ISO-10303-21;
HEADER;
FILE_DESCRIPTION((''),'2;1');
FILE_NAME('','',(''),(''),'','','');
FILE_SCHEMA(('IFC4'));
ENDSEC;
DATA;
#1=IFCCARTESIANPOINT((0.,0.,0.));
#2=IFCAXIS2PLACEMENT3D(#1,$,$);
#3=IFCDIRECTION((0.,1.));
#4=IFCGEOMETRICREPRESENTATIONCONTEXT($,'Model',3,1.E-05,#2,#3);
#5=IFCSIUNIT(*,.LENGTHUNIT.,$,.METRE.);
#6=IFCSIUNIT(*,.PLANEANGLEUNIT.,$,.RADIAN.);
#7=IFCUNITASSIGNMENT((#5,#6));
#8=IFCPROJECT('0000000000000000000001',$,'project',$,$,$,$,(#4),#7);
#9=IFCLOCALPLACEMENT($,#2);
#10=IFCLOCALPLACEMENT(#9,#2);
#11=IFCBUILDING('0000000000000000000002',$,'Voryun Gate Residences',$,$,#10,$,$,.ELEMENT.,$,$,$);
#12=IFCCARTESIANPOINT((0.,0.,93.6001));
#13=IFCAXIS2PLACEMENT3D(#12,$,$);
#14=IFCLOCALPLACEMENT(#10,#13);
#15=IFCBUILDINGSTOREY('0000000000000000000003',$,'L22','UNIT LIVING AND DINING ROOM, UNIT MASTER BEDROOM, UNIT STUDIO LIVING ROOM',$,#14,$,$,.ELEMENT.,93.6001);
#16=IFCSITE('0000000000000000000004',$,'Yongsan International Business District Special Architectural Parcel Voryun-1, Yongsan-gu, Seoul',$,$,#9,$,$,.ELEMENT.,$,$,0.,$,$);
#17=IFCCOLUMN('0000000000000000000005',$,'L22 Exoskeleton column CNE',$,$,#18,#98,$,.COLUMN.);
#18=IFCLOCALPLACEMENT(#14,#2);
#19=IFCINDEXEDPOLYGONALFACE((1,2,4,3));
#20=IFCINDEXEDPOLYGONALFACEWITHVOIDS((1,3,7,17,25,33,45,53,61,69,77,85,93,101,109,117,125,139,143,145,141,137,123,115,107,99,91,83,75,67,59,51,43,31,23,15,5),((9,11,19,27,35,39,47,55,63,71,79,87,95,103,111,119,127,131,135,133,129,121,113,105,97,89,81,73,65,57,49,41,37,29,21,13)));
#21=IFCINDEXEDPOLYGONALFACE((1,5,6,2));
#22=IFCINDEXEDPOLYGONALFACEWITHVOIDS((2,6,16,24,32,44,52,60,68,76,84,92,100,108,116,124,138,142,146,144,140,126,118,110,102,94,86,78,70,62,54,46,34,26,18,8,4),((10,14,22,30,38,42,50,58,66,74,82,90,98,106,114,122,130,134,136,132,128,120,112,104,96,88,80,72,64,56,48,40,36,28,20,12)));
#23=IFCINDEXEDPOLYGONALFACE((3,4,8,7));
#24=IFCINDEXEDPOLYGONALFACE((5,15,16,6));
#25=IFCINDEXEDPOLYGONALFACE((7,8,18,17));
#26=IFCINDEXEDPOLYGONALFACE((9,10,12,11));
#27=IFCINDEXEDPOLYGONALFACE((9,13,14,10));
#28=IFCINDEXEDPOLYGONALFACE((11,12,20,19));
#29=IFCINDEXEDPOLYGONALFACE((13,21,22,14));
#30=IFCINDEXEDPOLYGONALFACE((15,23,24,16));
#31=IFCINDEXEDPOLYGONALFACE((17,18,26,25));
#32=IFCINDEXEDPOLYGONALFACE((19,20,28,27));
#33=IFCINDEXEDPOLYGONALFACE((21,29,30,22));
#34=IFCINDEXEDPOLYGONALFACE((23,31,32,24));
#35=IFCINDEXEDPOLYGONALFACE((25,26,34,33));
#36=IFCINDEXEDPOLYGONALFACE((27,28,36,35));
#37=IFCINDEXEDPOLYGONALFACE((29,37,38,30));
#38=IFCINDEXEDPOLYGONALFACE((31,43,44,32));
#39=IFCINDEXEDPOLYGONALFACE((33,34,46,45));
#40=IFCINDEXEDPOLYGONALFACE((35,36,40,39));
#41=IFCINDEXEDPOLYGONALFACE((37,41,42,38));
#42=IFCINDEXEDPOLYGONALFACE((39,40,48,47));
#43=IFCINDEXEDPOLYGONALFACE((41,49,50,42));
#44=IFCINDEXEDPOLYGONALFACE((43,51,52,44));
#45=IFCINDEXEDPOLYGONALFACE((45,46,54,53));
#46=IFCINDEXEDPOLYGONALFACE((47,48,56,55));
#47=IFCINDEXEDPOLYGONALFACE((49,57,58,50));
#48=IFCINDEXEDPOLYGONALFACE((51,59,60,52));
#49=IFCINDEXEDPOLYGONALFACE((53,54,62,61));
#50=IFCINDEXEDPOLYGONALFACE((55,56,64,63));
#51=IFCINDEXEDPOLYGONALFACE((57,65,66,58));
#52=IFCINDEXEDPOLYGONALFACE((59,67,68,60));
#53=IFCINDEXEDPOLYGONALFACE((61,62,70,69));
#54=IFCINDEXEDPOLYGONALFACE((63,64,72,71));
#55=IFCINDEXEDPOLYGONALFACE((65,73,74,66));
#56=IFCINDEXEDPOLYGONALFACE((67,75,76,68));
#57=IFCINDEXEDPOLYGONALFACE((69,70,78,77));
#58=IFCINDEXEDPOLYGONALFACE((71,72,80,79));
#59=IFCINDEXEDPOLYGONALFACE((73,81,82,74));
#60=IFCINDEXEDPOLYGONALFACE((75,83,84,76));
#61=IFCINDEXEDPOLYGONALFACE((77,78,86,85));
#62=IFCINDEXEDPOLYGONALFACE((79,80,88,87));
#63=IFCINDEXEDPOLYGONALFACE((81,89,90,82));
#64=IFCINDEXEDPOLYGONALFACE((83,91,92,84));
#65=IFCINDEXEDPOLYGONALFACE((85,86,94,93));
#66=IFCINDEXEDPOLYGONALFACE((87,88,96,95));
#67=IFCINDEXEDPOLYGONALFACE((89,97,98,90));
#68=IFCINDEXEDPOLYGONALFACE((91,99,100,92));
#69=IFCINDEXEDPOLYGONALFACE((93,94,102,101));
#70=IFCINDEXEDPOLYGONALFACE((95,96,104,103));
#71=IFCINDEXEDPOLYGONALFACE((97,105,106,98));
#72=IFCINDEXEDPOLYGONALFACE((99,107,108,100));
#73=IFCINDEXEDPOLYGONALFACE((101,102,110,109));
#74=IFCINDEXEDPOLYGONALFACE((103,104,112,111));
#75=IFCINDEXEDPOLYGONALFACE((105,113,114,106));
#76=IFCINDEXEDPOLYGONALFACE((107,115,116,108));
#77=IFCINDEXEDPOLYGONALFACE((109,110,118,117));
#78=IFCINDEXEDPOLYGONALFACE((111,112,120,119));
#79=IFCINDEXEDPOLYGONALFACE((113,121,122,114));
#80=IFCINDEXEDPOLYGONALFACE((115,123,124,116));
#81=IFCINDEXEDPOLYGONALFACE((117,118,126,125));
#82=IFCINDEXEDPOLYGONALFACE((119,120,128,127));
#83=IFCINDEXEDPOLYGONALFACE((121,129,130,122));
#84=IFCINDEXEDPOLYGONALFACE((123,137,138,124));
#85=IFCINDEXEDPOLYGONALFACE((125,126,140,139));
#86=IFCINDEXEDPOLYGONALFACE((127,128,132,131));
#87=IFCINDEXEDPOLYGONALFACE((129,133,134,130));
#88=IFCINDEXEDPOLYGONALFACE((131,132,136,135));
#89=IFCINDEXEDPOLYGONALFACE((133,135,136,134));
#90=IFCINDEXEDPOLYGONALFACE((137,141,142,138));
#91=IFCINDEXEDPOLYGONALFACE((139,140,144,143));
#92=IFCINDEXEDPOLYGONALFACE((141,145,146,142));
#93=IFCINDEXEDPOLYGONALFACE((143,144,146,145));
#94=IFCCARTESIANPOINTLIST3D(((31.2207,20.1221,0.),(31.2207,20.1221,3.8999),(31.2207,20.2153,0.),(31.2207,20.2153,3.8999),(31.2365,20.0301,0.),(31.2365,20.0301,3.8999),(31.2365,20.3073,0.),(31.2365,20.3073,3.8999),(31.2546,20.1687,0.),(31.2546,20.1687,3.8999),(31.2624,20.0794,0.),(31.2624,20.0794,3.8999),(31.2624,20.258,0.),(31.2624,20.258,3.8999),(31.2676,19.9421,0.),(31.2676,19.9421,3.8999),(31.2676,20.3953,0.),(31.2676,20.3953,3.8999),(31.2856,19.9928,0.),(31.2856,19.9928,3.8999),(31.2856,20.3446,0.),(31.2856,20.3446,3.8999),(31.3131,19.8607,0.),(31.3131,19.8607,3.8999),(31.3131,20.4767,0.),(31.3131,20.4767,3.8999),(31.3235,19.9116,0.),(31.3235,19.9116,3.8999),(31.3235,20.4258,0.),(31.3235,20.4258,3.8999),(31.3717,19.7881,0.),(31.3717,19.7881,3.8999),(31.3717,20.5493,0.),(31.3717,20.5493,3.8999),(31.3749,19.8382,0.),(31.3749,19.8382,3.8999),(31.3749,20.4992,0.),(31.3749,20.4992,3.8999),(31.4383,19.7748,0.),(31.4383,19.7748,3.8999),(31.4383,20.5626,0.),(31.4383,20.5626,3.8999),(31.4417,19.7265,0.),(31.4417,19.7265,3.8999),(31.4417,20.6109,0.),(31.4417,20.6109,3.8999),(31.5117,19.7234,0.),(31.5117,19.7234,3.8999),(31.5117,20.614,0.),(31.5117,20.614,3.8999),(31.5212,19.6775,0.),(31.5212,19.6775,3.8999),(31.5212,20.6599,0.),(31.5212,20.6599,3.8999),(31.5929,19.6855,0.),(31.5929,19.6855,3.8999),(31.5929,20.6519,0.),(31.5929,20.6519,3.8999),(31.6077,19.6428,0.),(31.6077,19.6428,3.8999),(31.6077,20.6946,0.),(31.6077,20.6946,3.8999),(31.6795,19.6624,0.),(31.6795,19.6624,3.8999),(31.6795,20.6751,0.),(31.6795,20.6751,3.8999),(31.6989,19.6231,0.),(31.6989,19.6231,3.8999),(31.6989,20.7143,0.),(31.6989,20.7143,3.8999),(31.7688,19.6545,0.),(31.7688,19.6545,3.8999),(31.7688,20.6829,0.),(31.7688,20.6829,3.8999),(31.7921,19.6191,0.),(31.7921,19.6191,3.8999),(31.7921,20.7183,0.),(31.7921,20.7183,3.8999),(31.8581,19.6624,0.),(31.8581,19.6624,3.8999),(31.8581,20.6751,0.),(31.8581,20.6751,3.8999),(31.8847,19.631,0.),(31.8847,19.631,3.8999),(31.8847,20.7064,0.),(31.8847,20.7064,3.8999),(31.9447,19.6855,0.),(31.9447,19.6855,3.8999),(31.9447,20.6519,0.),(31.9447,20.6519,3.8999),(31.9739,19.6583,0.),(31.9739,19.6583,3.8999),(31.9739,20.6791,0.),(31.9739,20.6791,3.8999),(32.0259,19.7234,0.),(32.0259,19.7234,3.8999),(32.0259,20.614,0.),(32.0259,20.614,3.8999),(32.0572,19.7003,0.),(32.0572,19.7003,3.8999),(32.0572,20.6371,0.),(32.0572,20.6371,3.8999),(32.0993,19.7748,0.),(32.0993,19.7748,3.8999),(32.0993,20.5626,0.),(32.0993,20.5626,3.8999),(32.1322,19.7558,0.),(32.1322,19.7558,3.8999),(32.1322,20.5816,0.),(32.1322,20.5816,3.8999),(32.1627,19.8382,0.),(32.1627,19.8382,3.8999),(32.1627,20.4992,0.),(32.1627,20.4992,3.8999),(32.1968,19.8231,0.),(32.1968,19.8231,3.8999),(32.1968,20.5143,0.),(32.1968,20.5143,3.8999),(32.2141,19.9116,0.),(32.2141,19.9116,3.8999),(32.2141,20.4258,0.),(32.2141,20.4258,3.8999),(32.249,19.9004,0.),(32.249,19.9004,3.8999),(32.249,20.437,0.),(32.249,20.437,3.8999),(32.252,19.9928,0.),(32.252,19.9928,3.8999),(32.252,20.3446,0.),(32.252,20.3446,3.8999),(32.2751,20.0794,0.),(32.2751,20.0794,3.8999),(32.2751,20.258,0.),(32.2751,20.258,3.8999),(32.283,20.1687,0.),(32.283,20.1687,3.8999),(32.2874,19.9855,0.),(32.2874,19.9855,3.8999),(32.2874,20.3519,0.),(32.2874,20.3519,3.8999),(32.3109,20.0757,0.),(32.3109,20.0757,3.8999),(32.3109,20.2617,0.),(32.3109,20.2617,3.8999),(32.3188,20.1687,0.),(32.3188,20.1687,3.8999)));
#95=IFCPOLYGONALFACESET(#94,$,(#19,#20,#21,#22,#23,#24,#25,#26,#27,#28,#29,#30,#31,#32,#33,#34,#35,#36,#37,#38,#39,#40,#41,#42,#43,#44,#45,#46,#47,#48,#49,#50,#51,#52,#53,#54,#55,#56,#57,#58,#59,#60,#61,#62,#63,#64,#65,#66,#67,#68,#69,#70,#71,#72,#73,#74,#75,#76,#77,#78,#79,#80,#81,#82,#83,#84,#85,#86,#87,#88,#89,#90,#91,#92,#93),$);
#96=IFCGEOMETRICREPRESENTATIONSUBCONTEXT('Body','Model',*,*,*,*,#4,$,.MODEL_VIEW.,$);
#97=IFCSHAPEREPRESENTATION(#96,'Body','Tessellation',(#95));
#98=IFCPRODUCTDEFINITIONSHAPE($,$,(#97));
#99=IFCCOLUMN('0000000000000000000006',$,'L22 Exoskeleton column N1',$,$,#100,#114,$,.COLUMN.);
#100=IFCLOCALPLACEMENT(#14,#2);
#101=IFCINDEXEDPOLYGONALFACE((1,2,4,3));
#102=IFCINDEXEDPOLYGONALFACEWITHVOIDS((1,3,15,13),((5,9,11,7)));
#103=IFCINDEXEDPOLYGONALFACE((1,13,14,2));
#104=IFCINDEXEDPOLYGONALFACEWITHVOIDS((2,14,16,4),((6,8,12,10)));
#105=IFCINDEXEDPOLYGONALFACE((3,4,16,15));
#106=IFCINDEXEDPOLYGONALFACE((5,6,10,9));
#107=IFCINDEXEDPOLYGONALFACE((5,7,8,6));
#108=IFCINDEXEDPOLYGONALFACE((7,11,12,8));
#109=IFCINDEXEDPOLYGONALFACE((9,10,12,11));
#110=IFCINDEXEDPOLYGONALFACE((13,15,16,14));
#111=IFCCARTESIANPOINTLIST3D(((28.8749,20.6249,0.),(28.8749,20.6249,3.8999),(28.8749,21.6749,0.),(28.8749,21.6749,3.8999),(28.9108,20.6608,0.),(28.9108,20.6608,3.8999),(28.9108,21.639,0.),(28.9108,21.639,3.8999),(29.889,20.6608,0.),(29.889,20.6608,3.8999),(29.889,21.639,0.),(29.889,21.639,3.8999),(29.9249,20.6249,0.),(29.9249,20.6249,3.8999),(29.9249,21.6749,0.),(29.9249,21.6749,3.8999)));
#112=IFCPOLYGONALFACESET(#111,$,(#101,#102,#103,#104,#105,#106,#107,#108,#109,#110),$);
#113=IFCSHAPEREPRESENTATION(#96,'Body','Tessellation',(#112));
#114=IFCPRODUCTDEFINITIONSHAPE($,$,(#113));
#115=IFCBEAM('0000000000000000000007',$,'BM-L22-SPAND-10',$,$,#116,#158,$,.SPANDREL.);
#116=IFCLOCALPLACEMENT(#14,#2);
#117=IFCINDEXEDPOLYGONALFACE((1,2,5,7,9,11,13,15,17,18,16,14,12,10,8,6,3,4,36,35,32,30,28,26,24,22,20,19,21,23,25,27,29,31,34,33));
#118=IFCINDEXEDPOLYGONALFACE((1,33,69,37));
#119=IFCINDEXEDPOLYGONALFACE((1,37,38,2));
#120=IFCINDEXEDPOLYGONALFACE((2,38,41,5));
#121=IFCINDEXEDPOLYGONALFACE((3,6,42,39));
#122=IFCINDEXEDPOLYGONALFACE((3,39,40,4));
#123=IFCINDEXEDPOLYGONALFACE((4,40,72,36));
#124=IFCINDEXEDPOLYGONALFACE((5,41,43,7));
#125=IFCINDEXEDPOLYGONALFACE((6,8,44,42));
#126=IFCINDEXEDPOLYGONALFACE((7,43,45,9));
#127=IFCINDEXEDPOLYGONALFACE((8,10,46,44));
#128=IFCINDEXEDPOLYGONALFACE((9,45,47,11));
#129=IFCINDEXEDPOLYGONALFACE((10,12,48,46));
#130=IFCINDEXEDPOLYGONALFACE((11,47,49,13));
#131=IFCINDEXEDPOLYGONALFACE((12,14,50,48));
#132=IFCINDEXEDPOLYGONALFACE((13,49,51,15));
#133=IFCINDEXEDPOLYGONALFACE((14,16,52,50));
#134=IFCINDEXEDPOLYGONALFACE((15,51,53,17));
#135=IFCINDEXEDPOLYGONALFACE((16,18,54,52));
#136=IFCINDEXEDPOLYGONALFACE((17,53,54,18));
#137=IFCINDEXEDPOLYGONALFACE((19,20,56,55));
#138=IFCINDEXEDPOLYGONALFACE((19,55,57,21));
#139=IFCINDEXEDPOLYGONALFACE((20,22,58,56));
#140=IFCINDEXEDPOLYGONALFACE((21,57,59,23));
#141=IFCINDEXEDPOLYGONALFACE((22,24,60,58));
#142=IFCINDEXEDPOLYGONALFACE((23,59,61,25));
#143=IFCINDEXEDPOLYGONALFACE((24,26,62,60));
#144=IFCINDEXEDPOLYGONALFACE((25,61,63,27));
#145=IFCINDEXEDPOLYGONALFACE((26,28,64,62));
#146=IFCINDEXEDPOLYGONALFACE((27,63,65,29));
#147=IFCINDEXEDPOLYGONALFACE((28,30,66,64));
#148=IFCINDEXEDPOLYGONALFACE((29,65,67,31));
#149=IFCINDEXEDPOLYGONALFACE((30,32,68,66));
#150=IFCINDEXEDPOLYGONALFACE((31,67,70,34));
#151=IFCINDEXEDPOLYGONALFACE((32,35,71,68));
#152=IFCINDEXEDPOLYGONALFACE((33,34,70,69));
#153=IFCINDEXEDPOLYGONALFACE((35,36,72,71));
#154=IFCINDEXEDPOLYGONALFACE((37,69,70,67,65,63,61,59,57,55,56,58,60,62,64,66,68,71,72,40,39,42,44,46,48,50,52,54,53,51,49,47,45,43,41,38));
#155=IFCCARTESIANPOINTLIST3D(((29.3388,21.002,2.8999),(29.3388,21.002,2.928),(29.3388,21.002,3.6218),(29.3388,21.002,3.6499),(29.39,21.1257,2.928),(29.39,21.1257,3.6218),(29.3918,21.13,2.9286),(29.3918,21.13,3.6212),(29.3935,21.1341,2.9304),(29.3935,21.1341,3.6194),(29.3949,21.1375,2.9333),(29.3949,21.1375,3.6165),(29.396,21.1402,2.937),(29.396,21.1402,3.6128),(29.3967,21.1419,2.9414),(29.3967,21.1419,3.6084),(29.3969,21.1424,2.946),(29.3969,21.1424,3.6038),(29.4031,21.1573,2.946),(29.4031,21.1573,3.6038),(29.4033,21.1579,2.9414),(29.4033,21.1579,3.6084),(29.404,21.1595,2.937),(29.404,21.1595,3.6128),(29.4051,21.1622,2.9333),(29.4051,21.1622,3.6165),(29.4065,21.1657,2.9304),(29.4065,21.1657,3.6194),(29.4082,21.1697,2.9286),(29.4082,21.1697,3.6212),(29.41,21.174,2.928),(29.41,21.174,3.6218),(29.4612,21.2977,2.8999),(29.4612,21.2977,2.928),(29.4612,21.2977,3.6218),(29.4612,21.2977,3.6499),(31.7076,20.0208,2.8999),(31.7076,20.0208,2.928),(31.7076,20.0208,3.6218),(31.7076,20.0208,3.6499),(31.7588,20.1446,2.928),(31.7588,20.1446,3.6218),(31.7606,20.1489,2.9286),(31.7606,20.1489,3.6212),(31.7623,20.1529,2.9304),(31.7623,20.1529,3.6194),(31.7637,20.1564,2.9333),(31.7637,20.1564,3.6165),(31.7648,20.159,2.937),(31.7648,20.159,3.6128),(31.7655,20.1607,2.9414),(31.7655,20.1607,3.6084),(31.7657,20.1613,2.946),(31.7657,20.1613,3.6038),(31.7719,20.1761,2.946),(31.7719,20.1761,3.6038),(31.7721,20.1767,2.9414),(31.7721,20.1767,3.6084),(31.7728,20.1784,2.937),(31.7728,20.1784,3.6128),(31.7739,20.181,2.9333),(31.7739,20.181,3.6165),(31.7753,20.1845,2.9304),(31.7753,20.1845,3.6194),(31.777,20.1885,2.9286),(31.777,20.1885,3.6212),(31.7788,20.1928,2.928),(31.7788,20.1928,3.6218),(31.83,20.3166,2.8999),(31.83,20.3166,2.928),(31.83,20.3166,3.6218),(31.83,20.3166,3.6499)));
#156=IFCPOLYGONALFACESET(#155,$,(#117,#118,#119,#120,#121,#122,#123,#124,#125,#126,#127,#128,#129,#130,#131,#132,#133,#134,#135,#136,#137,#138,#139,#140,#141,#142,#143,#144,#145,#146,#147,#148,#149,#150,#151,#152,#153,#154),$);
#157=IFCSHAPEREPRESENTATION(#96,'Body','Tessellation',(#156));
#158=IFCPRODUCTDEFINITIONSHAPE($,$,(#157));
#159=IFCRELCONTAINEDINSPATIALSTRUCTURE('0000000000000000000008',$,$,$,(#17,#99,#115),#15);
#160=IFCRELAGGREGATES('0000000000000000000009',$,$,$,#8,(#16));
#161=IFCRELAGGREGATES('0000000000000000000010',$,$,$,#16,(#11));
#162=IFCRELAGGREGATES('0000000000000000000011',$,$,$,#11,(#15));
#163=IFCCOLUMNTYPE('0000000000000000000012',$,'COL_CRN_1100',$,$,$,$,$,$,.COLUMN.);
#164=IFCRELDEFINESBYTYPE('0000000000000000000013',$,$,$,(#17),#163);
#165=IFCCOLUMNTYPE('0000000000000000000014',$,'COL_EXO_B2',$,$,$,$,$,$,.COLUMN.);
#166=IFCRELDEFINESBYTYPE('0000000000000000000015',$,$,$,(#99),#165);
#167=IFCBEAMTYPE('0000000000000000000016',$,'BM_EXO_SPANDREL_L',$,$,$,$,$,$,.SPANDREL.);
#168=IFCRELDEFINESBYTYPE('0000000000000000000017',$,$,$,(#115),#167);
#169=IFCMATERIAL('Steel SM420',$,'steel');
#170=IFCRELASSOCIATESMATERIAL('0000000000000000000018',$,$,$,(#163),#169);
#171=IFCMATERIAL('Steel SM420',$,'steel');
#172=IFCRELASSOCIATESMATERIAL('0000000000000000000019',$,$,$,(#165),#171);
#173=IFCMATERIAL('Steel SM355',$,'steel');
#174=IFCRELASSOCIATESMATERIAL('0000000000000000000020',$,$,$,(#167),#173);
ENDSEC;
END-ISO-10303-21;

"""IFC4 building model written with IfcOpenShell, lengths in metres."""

from ifc_helpers import new_model, si_unit, direction, frame, origin, origin_2d, place, context, subcontext, project, spatial, hollow_rectangle, hollow_circle, i_section, extrude, material, material_profile, profile_set, type_object, element, save


model = new_model("IFC4")

# Units and contexts
model_context = context("Model", 3, precision=1e-05, world=origin(), true_north=direction((0.0, 1.0)))
body_context = subcontext(model_context, "Body", "Model", "MODEL_VIEW")
ifc_project = project(units=[si_unit("LENGTHUNIT", "METRE"), si_unit("PLANEANGLEUNIT", "RADIAN")], contexts=[model_context])

# Site, building, storey
site_placement = place(None, origin())
site = spatial("IfcSite", under=ifc_project, at=site_placement, Name="Yongsan International Business District Special Architectural Parcel Voryun-1, Yongsan-gu, Seoul", CompositionType="ELEMENT", RefElevation=0.0)
building_placement = place(site_placement, origin())
building = spatial("IfcBuilding", under=site, at=building_placement, Name="Voryun Gate Residences", CompositionType="ELEMENT")
storey_placement = place(building_placement, frame((0.0, 0.0, 93.6001)))
storey = spatial("IfcBuildingStorey", under=building, at=storey_placement, Name="L22", Description="UNIT LIVING AND DINING ROOM, UNIT MASTER BEDROOM, UNIT STUDIO LIVING ROOM", CompositionType="ELEMENT", Elevation=93.6001)

# Columns
ifc_material_1 = material(Name="Steel SM420", Category="steel")
ifc_material_profile_1 = material_profile(ifc_material_1, hollow_circle(Radius=0.55, WallThickness=0.0359, at=origin_2d()), Name="CHS-1100x36")
ifc_profile_set_1 = profile_set([ifc_material_profile_1], Name="Steel SM420")
column_type_1 = type_object("IfcColumnType", Name="COL_CRN_1100", PredefinedType="COLUMN", material=ifc_profile_set_1)
column_1_placement = place(storey_placement, frame((31.7688, 20.1687, 0.0), z_axis=(0.0, 0.0, 1.0), x_axis=(1.0, 0.0, 0.0)))
element("IfcColumn", 1, at=column_1_placement, inside=storey, type_object=column_type_1, Name="L22 Exoskeleton column CNE", PredefinedType="COLUMN", context=body_context, shape_type="SweptSolid", body=[
    extrude(hollow_circle(Radius=0.55, WallThickness=0.0359, at=origin_2d()), origin(), (0.0, 0.0, 1.0), 3.8999),
])
ifc_material_2 = material(Name="Steel SM420", Category="steel")
ifc_material_profile_2 = material_profile(ifc_material_2, hollow_rectangle(XDim=1.05, YDim=1.05, WallThickness=0.0359, at=origin_2d()), Name="BOX-1050x1050x36")
ifc_profile_set_2 = profile_set([ifc_material_profile_2], Name="Steel SM420")
column_type_2 = type_object("IfcColumnType", Name="COL_EXO_B2", PredefinedType="COLUMN", material=ifc_profile_set_2)
column_2_placement = place(storey_placement, frame((29.3999, 21.1499, 0.0), z_axis=(0.0, 0.0, 1.0), x_axis=(1.0, 0.0, 0.0)))
element("IfcColumn", 2, at=column_2_placement, inside=storey, type_object=column_type_2, Name="L22 Exoskeleton column N1", PredefinedType="COLUMN", context=body_context, shape_type="SweptSolid", body=[
    extrude(hollow_rectangle(XDim=1.05, YDim=1.05, WallThickness=0.0359, at=origin_2d()), origin(), (0.0, 0.0, 1.0), 3.8999),
])

# Beam
ifc_material_3 = material(Name="Steel SM355", Category="steel")
ifc_material_profile_3 = material_profile(ifc_material_3, i_section(OverallWidth=0.3201, OverallDepth=0.75, WebThickness=0.0161, FlangeThickness=0.0281, FilletRadius=0.0181, at=origin_2d()), Name="H-750x320x16x28")
ifc_profile_set_3 = profile_set([ifc_material_profile_3], Name="Steel SM355")
beam_type = type_object("IfcBeamType", Name="BM_EXO_SPANDREL_L", PredefinedType="SPANDREL", material=ifc_profile_set_3)
beam_1_placement = place(storey_placement, frame((31.7688, 20.1687, 3.2749), z_axis=(-0.923883, 0.382674, 0.0), x_axis=(-0.382674, -0.923883, 0.0)))
element("IfcBeam", 3, at=beam_1_placement, inside=storey, type_object=beam_type, Name="BM-L22-SPAND-10", PredefinedType="SPANDREL", context=body_context, shape_type="SweptSolid", body=[
    extrude(i_section(OverallWidth=0.3201, OverallDepth=0.75, WebThickness=0.0161, FlangeThickness=0.0281, FilletRadius=0.0181, at=origin_2d()), origin(), (0.0, 0.0, 1.0), 2.564),
])

save(model, "model.ifc")
